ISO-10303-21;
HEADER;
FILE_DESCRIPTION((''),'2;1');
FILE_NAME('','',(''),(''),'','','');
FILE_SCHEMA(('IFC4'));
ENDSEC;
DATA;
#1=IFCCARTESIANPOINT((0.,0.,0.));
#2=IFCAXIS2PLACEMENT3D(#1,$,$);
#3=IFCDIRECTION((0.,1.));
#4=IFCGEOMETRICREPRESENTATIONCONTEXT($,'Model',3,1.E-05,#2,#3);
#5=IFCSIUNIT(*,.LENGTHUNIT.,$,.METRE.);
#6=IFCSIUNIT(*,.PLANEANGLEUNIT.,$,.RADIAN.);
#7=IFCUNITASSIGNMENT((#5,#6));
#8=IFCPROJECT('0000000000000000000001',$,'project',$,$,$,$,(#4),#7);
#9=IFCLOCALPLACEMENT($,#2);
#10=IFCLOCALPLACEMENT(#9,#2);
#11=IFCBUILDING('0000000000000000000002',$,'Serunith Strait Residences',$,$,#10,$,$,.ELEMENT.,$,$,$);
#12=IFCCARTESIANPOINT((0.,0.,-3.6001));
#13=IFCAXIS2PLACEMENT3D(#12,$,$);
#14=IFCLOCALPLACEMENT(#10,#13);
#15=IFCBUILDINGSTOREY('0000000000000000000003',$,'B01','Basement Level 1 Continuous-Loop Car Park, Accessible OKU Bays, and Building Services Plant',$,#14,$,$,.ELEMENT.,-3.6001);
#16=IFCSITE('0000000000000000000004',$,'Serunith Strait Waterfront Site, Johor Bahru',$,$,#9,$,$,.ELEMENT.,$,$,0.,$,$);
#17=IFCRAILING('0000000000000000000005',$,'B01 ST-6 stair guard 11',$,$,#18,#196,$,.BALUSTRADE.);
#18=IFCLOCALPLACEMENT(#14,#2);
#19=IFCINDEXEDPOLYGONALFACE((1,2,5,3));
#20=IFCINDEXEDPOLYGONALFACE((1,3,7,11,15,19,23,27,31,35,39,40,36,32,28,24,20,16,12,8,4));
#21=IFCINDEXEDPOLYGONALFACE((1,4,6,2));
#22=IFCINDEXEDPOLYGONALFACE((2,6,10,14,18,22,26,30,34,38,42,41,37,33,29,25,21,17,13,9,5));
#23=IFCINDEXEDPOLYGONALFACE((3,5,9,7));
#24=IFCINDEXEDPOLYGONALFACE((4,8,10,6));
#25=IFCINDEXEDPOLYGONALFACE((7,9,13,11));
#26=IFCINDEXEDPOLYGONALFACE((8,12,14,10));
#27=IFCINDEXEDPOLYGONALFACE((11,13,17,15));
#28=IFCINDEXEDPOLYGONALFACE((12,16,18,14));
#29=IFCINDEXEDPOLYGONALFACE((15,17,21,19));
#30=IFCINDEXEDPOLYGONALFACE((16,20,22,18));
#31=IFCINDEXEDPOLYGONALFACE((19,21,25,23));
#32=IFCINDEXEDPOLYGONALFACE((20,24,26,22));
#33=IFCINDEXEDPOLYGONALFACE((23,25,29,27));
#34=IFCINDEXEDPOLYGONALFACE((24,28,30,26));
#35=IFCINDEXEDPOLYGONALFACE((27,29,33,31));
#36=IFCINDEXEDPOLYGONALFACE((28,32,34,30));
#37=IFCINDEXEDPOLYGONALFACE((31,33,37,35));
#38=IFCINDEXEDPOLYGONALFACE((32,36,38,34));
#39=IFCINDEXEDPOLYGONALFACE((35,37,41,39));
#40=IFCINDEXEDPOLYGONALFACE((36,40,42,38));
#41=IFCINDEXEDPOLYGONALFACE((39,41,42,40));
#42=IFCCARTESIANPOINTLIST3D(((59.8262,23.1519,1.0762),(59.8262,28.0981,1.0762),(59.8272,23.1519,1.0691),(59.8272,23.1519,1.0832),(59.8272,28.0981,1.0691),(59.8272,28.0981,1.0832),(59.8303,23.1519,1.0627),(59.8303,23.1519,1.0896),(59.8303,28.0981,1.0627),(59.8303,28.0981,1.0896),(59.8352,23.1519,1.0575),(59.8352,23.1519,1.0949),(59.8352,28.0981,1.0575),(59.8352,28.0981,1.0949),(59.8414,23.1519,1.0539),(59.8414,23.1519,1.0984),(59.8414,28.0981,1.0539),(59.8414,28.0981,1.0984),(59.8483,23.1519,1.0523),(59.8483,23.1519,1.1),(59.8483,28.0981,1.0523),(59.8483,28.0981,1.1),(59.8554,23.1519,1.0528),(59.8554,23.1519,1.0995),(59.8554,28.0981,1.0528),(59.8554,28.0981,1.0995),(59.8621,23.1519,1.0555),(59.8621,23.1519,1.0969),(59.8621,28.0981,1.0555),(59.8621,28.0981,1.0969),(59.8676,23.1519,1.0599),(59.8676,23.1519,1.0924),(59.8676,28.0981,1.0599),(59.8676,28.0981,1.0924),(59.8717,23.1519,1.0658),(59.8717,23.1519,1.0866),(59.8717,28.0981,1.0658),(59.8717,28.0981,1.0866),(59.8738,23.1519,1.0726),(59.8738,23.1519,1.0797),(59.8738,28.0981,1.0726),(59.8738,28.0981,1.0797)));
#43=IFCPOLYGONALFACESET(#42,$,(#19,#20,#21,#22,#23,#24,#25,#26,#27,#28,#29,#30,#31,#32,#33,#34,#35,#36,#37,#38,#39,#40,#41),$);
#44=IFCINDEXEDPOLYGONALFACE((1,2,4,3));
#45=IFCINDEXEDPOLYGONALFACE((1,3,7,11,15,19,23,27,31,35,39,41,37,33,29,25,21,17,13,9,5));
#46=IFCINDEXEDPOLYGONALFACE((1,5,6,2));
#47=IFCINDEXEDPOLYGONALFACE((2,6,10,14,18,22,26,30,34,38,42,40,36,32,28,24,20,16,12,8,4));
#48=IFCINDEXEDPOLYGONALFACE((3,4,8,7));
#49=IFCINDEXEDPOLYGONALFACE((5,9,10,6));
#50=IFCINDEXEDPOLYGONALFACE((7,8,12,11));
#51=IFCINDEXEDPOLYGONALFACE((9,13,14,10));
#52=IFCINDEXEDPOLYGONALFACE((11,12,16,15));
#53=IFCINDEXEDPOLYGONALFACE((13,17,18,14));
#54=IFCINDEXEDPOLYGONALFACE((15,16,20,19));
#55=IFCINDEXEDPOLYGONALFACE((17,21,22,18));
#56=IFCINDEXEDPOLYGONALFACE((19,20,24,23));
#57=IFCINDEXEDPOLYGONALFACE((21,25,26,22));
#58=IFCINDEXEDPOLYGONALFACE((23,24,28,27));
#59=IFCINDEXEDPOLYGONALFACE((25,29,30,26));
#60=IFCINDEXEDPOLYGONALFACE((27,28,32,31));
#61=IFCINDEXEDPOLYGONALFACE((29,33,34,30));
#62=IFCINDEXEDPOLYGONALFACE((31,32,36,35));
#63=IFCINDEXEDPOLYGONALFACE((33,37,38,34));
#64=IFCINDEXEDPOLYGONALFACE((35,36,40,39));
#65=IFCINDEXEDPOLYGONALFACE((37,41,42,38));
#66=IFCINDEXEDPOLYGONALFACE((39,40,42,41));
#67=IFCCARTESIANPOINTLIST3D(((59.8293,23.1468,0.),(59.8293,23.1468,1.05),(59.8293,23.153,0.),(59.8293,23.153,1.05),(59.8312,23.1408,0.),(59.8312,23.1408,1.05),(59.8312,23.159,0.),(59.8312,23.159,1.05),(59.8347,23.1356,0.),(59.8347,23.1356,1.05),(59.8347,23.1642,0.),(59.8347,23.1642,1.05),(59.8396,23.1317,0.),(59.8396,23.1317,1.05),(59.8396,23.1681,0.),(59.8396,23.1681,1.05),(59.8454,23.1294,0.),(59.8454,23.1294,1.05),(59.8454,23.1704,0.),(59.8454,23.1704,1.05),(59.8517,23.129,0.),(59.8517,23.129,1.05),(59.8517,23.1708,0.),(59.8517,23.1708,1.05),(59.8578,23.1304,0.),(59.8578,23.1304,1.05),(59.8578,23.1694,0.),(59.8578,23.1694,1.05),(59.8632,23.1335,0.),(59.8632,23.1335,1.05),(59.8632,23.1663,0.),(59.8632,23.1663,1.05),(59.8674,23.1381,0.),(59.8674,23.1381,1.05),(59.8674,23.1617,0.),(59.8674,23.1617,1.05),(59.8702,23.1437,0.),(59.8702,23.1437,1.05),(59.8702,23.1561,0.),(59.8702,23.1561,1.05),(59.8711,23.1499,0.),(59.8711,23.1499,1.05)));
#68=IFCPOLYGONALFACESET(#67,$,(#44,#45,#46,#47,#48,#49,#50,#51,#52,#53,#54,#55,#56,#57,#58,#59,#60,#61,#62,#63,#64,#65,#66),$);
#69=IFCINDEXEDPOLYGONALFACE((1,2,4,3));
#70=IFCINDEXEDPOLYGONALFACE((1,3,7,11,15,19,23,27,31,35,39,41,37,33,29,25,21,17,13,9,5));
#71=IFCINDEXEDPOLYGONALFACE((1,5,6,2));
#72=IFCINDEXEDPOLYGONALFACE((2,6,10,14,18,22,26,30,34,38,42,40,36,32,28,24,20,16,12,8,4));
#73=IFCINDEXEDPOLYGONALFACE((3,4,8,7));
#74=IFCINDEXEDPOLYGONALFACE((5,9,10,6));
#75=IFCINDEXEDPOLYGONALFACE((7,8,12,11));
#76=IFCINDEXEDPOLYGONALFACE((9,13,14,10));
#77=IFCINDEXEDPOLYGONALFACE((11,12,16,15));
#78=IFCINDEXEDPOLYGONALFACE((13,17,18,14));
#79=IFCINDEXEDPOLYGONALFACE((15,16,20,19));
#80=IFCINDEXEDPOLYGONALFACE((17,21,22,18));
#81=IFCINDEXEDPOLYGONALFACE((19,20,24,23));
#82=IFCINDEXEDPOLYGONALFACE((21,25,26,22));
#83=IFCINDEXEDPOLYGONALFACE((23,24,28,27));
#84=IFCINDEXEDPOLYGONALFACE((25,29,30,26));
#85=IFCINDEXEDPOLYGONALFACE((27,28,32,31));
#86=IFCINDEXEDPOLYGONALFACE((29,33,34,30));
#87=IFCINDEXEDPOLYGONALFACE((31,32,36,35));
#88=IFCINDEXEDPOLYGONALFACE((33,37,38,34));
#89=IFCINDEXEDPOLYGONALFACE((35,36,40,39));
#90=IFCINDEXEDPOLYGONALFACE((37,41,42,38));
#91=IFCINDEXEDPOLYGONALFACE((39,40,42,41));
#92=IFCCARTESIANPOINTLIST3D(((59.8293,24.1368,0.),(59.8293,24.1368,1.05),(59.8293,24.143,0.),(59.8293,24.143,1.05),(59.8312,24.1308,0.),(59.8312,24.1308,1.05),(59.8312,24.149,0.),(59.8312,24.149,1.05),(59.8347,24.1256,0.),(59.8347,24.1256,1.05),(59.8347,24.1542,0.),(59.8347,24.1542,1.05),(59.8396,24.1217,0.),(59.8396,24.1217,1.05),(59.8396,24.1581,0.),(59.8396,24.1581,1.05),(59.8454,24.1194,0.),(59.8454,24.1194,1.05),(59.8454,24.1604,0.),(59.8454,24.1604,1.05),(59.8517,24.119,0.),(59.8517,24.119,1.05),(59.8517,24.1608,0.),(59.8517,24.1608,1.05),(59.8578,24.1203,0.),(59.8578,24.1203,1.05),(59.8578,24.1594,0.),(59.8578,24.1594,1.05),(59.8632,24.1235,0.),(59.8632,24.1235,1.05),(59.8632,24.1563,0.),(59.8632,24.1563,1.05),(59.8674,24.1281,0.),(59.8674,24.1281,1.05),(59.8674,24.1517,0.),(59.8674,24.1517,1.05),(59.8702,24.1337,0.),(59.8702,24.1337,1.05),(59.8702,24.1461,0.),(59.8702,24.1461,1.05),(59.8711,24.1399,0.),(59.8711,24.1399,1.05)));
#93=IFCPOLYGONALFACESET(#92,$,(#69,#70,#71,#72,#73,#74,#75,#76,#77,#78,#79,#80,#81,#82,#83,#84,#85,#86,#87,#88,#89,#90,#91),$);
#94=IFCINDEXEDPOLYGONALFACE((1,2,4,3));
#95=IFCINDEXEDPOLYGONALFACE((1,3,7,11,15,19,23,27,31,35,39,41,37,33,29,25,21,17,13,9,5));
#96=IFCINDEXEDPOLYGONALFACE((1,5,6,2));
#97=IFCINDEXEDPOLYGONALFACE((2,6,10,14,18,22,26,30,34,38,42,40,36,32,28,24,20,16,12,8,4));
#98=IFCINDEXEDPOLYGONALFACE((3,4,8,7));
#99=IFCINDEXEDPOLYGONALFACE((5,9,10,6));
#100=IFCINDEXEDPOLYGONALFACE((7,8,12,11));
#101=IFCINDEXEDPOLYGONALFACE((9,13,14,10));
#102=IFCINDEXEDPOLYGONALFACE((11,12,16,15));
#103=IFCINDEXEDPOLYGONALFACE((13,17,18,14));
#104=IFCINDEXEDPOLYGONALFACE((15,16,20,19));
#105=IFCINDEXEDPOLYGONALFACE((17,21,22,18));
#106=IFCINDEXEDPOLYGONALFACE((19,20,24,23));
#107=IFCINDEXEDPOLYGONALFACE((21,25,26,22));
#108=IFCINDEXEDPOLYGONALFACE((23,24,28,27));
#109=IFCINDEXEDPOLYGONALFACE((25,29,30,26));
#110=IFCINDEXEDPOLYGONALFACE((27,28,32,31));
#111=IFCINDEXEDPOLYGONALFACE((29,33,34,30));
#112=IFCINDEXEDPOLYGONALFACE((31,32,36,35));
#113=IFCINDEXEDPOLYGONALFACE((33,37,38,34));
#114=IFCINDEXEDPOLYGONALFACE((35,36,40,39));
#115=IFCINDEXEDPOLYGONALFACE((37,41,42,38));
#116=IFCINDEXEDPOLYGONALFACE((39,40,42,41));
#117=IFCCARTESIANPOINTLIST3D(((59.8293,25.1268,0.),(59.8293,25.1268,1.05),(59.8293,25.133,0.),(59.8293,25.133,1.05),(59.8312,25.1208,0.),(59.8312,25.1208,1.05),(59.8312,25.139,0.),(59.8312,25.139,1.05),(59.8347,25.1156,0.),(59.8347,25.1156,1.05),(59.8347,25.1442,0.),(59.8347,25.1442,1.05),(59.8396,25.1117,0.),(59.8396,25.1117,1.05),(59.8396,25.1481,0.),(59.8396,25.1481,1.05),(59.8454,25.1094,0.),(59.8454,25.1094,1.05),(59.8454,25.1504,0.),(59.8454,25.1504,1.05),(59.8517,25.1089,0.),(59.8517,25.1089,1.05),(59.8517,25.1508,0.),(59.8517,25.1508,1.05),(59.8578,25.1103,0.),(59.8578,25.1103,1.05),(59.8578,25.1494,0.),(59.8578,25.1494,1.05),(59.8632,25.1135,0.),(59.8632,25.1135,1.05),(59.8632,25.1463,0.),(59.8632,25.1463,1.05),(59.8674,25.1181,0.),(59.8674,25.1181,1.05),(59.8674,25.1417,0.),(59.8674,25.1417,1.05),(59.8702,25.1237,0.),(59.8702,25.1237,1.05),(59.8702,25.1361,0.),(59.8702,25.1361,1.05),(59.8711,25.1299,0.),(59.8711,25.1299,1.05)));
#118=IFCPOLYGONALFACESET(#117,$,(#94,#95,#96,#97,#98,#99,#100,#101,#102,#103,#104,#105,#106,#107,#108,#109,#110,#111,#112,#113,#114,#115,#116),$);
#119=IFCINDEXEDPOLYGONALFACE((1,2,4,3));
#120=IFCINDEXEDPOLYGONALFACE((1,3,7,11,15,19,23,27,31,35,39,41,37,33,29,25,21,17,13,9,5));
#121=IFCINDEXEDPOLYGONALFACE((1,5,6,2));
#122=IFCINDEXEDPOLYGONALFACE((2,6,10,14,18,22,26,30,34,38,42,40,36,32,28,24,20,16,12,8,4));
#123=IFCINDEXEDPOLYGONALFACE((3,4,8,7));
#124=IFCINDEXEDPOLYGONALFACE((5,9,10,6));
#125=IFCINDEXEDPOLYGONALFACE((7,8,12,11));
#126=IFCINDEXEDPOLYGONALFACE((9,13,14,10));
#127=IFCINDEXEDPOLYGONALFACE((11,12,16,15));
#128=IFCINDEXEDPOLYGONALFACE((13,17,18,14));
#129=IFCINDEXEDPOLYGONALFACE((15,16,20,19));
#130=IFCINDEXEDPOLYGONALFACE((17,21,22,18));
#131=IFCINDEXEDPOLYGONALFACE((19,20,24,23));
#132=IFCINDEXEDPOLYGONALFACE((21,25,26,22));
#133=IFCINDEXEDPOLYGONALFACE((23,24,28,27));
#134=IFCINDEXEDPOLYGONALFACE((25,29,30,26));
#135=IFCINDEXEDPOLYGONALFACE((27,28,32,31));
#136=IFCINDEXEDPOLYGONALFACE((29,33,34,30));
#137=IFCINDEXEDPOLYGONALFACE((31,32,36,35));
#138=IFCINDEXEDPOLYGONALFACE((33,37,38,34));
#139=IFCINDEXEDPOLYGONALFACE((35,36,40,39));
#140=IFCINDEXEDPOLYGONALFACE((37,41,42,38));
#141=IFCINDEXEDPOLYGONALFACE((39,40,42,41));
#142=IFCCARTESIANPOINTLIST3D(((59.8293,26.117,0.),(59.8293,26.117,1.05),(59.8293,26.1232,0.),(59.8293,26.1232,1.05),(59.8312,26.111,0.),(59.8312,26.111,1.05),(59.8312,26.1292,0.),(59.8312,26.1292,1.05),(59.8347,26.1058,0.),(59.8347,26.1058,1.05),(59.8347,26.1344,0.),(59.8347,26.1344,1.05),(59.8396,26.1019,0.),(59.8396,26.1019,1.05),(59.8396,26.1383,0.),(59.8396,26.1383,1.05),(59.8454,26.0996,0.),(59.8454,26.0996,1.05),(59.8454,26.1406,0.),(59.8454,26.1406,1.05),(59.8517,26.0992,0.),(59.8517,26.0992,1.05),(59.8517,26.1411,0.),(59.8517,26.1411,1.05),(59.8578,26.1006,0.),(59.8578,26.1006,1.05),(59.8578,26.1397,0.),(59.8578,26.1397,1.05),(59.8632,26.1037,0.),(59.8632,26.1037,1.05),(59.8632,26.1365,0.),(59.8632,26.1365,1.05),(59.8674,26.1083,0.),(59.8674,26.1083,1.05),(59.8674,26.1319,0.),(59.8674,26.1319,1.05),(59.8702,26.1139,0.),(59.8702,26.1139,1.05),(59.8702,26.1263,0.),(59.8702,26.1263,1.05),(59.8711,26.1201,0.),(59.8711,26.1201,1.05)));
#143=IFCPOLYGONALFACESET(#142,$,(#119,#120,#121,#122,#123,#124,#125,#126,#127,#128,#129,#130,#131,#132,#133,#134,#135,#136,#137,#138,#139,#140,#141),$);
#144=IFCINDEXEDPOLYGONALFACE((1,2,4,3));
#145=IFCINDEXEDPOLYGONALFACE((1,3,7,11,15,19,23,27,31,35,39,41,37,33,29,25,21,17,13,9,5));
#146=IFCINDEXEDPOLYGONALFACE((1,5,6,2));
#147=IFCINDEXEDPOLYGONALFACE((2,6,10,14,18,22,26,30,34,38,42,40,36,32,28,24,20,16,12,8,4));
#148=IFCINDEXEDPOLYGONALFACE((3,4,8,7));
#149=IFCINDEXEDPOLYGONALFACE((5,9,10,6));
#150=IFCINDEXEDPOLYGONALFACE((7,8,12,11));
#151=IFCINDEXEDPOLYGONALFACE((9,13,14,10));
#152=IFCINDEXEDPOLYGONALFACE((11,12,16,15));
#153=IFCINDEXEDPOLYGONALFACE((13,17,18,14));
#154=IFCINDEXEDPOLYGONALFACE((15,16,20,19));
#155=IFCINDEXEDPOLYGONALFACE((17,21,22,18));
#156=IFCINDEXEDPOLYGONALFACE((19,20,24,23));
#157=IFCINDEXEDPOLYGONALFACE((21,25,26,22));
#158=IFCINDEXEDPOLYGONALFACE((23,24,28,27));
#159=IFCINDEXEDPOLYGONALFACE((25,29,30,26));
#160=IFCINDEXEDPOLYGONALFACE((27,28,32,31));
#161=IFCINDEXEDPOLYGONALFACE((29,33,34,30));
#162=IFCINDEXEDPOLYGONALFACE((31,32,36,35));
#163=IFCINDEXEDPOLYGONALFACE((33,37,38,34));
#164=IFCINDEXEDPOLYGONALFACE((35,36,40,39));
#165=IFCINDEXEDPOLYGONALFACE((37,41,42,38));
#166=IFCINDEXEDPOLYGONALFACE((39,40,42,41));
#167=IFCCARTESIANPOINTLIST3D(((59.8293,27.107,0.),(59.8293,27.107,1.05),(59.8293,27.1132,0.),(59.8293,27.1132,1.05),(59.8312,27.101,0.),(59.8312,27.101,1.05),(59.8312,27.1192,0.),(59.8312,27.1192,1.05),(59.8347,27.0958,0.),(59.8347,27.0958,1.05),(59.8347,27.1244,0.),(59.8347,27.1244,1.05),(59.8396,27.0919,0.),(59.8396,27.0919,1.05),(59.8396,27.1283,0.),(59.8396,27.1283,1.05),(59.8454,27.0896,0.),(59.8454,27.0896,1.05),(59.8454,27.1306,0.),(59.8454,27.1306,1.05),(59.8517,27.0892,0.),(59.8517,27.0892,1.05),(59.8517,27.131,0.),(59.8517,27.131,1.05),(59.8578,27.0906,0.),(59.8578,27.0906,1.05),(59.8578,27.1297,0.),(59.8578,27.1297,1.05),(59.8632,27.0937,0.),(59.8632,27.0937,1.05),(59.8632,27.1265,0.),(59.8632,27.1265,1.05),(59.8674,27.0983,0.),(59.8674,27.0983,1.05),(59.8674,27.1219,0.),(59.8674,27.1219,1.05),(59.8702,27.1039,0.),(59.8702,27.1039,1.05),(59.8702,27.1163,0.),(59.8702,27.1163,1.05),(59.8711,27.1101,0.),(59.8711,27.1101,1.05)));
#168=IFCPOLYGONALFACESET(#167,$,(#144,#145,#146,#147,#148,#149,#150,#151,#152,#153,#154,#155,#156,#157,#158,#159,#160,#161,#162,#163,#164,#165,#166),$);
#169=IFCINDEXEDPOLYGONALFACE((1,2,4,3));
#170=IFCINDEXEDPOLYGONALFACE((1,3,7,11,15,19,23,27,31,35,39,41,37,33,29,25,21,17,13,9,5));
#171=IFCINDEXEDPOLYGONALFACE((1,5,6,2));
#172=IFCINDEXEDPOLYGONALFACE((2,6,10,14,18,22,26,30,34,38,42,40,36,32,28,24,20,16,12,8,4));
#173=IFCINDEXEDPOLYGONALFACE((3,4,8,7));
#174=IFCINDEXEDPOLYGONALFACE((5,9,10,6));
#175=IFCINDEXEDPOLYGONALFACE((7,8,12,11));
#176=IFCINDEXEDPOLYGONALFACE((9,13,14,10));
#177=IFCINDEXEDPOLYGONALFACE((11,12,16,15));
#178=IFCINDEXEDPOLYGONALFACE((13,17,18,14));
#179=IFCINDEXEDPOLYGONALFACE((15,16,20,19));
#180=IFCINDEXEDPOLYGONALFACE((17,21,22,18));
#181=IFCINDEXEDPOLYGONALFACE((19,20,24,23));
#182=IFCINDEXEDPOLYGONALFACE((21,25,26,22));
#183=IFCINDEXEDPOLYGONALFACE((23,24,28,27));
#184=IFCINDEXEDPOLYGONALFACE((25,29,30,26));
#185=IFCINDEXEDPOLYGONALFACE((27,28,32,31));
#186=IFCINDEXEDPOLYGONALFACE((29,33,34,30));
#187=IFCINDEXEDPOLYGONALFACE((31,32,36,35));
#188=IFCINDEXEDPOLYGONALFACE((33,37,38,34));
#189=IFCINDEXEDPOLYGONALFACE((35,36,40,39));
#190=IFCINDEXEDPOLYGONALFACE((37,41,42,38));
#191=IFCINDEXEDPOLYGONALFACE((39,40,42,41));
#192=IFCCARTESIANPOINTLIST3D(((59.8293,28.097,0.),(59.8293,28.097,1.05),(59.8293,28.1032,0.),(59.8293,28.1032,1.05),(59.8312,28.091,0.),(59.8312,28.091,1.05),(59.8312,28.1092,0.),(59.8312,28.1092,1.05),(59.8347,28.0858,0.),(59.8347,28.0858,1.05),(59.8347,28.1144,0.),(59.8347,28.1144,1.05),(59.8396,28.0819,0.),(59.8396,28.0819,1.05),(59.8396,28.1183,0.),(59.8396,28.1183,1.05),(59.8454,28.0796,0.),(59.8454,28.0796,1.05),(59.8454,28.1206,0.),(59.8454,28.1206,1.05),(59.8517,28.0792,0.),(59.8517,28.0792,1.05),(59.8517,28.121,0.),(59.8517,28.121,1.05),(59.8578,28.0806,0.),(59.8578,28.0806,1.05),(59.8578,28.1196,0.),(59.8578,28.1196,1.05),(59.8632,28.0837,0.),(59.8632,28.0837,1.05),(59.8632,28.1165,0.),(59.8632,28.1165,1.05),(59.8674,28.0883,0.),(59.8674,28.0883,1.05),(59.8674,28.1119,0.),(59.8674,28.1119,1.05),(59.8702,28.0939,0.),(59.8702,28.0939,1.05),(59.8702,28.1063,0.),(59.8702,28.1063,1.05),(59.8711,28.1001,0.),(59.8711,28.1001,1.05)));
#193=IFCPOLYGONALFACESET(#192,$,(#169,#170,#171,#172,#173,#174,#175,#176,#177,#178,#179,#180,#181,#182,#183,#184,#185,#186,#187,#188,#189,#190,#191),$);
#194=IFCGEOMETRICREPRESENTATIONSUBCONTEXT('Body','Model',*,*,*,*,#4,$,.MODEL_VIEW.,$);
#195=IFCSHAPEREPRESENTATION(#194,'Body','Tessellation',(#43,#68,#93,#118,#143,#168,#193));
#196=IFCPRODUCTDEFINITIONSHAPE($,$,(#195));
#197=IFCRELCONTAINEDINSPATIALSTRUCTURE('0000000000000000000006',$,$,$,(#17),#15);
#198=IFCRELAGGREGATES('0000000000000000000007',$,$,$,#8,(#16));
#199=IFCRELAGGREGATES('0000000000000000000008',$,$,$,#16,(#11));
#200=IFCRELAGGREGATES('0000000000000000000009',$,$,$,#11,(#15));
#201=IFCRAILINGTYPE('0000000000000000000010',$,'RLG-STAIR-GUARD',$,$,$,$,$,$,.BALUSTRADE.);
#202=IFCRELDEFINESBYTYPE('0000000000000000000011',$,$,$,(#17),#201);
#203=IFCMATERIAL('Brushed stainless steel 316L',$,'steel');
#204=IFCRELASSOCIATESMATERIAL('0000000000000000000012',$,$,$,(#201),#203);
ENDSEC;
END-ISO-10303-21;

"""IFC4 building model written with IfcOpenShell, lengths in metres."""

from ifc_helpers import new_model, si_unit, direction, frame, origin, origin_2d, place, context, subcontext, project, spatial, circle, extrude, material, type_object, element, save


model = new_model("IFC4")

# Units and contexts
model_context = context("Model", 3, precision=1e-05, world=origin(), true_north=direction((0.0, 1.0)))
body_context = subcontext(model_context, "Body", "Model", "MODEL_VIEW")
ifc_project = project(units=[si_unit("LENGTHUNIT", "METRE"), si_unit("PLANEANGLEUNIT", "RADIAN")], contexts=[model_context])

# Site, building, storey
site_placement = place(None, origin())
site = spatial("IfcSite", under=ifc_project, at=site_placement, Name="Serunith Strait Waterfront Site, Johor Bahru", CompositionType="ELEMENT", RefElevation=0.0)
building_placement = place(site_placement, origin())
building = spatial("IfcBuilding", under=site, at=building_placement, Name="Serunith Strait Residences", CompositionType="ELEMENT")
storey_placement = place(building_placement, frame((0.0, 0.0, -3.6001)))
storey = spatial("IfcBuildingStorey", under=building, at=storey_placement, Name="B01", Description="Basement Level 1 Continuous-Loop Car Park, Accessible OKU Bays, and Building Services Plant", CompositionType="ELEMENT", Elevation=-3.6001)

# Railing
ifc_material_1 = material(Name="Brushed stainless steel 316L", Category="steel")
railing_type_1 = type_object("IfcRailingType", Name="RLG-STAIR-GUARD", PredefinedType="BALUSTRADE", material=ifc_material_1)
for number, where, name in (
    (1, (59.8501, 23.1499, 0.0), "B01 ST-6 stair guard 11"),
):
    element("IfcRailing", number, at=place(storey_placement, frame(where)), inside=storey, type_object=railing_type_1, Name=name, PredefinedType="BALUSTRADE", context=body_context, shape_type="SweptSolid", body=[
        extrude(circle(Radius=0.0239, at=origin_2d()), frame((0.0, 0.002, 1.0762), z_axis=(0.0, 1.0, 0.0), x_axis=(-1.0, 0.0, 0.0)), (0.0, 0.0, 1.0), 4.9463),
        extrude(circle(Radius=0.021, at=origin_2d()), origin(), (0.0, 0.0, 1.0), 1.05),
        extrude(circle(Radius=0.021, at=origin_2d()), frame((0.0, 0.99, 0.0)), (0.0, 0.0, 1.0), 1.05),
        extrude(circle(Radius=0.021, at=origin_2d()), frame((0.0, 1.98, 0.0)), (0.0, 0.0, 1.0), 1.05),
        extrude(circle(Radius=0.021, at=origin_2d()), frame((0.0, 2.9702, 0.0)), (0.0, 0.0, 1.0), 1.05),
        extrude(circle(Radius=0.021, at=origin_2d()), frame((0.0, 3.9602, 0.0)), (0.0, 0.0, 1.0), 1.05),
        extrude(circle(Radius=0.021, at=origin_2d()), frame((0.0, 4.9502, 0.0)), (0.0, 0.0, 1.0), 1.05),
    ])

save(model, "model.ifc")
